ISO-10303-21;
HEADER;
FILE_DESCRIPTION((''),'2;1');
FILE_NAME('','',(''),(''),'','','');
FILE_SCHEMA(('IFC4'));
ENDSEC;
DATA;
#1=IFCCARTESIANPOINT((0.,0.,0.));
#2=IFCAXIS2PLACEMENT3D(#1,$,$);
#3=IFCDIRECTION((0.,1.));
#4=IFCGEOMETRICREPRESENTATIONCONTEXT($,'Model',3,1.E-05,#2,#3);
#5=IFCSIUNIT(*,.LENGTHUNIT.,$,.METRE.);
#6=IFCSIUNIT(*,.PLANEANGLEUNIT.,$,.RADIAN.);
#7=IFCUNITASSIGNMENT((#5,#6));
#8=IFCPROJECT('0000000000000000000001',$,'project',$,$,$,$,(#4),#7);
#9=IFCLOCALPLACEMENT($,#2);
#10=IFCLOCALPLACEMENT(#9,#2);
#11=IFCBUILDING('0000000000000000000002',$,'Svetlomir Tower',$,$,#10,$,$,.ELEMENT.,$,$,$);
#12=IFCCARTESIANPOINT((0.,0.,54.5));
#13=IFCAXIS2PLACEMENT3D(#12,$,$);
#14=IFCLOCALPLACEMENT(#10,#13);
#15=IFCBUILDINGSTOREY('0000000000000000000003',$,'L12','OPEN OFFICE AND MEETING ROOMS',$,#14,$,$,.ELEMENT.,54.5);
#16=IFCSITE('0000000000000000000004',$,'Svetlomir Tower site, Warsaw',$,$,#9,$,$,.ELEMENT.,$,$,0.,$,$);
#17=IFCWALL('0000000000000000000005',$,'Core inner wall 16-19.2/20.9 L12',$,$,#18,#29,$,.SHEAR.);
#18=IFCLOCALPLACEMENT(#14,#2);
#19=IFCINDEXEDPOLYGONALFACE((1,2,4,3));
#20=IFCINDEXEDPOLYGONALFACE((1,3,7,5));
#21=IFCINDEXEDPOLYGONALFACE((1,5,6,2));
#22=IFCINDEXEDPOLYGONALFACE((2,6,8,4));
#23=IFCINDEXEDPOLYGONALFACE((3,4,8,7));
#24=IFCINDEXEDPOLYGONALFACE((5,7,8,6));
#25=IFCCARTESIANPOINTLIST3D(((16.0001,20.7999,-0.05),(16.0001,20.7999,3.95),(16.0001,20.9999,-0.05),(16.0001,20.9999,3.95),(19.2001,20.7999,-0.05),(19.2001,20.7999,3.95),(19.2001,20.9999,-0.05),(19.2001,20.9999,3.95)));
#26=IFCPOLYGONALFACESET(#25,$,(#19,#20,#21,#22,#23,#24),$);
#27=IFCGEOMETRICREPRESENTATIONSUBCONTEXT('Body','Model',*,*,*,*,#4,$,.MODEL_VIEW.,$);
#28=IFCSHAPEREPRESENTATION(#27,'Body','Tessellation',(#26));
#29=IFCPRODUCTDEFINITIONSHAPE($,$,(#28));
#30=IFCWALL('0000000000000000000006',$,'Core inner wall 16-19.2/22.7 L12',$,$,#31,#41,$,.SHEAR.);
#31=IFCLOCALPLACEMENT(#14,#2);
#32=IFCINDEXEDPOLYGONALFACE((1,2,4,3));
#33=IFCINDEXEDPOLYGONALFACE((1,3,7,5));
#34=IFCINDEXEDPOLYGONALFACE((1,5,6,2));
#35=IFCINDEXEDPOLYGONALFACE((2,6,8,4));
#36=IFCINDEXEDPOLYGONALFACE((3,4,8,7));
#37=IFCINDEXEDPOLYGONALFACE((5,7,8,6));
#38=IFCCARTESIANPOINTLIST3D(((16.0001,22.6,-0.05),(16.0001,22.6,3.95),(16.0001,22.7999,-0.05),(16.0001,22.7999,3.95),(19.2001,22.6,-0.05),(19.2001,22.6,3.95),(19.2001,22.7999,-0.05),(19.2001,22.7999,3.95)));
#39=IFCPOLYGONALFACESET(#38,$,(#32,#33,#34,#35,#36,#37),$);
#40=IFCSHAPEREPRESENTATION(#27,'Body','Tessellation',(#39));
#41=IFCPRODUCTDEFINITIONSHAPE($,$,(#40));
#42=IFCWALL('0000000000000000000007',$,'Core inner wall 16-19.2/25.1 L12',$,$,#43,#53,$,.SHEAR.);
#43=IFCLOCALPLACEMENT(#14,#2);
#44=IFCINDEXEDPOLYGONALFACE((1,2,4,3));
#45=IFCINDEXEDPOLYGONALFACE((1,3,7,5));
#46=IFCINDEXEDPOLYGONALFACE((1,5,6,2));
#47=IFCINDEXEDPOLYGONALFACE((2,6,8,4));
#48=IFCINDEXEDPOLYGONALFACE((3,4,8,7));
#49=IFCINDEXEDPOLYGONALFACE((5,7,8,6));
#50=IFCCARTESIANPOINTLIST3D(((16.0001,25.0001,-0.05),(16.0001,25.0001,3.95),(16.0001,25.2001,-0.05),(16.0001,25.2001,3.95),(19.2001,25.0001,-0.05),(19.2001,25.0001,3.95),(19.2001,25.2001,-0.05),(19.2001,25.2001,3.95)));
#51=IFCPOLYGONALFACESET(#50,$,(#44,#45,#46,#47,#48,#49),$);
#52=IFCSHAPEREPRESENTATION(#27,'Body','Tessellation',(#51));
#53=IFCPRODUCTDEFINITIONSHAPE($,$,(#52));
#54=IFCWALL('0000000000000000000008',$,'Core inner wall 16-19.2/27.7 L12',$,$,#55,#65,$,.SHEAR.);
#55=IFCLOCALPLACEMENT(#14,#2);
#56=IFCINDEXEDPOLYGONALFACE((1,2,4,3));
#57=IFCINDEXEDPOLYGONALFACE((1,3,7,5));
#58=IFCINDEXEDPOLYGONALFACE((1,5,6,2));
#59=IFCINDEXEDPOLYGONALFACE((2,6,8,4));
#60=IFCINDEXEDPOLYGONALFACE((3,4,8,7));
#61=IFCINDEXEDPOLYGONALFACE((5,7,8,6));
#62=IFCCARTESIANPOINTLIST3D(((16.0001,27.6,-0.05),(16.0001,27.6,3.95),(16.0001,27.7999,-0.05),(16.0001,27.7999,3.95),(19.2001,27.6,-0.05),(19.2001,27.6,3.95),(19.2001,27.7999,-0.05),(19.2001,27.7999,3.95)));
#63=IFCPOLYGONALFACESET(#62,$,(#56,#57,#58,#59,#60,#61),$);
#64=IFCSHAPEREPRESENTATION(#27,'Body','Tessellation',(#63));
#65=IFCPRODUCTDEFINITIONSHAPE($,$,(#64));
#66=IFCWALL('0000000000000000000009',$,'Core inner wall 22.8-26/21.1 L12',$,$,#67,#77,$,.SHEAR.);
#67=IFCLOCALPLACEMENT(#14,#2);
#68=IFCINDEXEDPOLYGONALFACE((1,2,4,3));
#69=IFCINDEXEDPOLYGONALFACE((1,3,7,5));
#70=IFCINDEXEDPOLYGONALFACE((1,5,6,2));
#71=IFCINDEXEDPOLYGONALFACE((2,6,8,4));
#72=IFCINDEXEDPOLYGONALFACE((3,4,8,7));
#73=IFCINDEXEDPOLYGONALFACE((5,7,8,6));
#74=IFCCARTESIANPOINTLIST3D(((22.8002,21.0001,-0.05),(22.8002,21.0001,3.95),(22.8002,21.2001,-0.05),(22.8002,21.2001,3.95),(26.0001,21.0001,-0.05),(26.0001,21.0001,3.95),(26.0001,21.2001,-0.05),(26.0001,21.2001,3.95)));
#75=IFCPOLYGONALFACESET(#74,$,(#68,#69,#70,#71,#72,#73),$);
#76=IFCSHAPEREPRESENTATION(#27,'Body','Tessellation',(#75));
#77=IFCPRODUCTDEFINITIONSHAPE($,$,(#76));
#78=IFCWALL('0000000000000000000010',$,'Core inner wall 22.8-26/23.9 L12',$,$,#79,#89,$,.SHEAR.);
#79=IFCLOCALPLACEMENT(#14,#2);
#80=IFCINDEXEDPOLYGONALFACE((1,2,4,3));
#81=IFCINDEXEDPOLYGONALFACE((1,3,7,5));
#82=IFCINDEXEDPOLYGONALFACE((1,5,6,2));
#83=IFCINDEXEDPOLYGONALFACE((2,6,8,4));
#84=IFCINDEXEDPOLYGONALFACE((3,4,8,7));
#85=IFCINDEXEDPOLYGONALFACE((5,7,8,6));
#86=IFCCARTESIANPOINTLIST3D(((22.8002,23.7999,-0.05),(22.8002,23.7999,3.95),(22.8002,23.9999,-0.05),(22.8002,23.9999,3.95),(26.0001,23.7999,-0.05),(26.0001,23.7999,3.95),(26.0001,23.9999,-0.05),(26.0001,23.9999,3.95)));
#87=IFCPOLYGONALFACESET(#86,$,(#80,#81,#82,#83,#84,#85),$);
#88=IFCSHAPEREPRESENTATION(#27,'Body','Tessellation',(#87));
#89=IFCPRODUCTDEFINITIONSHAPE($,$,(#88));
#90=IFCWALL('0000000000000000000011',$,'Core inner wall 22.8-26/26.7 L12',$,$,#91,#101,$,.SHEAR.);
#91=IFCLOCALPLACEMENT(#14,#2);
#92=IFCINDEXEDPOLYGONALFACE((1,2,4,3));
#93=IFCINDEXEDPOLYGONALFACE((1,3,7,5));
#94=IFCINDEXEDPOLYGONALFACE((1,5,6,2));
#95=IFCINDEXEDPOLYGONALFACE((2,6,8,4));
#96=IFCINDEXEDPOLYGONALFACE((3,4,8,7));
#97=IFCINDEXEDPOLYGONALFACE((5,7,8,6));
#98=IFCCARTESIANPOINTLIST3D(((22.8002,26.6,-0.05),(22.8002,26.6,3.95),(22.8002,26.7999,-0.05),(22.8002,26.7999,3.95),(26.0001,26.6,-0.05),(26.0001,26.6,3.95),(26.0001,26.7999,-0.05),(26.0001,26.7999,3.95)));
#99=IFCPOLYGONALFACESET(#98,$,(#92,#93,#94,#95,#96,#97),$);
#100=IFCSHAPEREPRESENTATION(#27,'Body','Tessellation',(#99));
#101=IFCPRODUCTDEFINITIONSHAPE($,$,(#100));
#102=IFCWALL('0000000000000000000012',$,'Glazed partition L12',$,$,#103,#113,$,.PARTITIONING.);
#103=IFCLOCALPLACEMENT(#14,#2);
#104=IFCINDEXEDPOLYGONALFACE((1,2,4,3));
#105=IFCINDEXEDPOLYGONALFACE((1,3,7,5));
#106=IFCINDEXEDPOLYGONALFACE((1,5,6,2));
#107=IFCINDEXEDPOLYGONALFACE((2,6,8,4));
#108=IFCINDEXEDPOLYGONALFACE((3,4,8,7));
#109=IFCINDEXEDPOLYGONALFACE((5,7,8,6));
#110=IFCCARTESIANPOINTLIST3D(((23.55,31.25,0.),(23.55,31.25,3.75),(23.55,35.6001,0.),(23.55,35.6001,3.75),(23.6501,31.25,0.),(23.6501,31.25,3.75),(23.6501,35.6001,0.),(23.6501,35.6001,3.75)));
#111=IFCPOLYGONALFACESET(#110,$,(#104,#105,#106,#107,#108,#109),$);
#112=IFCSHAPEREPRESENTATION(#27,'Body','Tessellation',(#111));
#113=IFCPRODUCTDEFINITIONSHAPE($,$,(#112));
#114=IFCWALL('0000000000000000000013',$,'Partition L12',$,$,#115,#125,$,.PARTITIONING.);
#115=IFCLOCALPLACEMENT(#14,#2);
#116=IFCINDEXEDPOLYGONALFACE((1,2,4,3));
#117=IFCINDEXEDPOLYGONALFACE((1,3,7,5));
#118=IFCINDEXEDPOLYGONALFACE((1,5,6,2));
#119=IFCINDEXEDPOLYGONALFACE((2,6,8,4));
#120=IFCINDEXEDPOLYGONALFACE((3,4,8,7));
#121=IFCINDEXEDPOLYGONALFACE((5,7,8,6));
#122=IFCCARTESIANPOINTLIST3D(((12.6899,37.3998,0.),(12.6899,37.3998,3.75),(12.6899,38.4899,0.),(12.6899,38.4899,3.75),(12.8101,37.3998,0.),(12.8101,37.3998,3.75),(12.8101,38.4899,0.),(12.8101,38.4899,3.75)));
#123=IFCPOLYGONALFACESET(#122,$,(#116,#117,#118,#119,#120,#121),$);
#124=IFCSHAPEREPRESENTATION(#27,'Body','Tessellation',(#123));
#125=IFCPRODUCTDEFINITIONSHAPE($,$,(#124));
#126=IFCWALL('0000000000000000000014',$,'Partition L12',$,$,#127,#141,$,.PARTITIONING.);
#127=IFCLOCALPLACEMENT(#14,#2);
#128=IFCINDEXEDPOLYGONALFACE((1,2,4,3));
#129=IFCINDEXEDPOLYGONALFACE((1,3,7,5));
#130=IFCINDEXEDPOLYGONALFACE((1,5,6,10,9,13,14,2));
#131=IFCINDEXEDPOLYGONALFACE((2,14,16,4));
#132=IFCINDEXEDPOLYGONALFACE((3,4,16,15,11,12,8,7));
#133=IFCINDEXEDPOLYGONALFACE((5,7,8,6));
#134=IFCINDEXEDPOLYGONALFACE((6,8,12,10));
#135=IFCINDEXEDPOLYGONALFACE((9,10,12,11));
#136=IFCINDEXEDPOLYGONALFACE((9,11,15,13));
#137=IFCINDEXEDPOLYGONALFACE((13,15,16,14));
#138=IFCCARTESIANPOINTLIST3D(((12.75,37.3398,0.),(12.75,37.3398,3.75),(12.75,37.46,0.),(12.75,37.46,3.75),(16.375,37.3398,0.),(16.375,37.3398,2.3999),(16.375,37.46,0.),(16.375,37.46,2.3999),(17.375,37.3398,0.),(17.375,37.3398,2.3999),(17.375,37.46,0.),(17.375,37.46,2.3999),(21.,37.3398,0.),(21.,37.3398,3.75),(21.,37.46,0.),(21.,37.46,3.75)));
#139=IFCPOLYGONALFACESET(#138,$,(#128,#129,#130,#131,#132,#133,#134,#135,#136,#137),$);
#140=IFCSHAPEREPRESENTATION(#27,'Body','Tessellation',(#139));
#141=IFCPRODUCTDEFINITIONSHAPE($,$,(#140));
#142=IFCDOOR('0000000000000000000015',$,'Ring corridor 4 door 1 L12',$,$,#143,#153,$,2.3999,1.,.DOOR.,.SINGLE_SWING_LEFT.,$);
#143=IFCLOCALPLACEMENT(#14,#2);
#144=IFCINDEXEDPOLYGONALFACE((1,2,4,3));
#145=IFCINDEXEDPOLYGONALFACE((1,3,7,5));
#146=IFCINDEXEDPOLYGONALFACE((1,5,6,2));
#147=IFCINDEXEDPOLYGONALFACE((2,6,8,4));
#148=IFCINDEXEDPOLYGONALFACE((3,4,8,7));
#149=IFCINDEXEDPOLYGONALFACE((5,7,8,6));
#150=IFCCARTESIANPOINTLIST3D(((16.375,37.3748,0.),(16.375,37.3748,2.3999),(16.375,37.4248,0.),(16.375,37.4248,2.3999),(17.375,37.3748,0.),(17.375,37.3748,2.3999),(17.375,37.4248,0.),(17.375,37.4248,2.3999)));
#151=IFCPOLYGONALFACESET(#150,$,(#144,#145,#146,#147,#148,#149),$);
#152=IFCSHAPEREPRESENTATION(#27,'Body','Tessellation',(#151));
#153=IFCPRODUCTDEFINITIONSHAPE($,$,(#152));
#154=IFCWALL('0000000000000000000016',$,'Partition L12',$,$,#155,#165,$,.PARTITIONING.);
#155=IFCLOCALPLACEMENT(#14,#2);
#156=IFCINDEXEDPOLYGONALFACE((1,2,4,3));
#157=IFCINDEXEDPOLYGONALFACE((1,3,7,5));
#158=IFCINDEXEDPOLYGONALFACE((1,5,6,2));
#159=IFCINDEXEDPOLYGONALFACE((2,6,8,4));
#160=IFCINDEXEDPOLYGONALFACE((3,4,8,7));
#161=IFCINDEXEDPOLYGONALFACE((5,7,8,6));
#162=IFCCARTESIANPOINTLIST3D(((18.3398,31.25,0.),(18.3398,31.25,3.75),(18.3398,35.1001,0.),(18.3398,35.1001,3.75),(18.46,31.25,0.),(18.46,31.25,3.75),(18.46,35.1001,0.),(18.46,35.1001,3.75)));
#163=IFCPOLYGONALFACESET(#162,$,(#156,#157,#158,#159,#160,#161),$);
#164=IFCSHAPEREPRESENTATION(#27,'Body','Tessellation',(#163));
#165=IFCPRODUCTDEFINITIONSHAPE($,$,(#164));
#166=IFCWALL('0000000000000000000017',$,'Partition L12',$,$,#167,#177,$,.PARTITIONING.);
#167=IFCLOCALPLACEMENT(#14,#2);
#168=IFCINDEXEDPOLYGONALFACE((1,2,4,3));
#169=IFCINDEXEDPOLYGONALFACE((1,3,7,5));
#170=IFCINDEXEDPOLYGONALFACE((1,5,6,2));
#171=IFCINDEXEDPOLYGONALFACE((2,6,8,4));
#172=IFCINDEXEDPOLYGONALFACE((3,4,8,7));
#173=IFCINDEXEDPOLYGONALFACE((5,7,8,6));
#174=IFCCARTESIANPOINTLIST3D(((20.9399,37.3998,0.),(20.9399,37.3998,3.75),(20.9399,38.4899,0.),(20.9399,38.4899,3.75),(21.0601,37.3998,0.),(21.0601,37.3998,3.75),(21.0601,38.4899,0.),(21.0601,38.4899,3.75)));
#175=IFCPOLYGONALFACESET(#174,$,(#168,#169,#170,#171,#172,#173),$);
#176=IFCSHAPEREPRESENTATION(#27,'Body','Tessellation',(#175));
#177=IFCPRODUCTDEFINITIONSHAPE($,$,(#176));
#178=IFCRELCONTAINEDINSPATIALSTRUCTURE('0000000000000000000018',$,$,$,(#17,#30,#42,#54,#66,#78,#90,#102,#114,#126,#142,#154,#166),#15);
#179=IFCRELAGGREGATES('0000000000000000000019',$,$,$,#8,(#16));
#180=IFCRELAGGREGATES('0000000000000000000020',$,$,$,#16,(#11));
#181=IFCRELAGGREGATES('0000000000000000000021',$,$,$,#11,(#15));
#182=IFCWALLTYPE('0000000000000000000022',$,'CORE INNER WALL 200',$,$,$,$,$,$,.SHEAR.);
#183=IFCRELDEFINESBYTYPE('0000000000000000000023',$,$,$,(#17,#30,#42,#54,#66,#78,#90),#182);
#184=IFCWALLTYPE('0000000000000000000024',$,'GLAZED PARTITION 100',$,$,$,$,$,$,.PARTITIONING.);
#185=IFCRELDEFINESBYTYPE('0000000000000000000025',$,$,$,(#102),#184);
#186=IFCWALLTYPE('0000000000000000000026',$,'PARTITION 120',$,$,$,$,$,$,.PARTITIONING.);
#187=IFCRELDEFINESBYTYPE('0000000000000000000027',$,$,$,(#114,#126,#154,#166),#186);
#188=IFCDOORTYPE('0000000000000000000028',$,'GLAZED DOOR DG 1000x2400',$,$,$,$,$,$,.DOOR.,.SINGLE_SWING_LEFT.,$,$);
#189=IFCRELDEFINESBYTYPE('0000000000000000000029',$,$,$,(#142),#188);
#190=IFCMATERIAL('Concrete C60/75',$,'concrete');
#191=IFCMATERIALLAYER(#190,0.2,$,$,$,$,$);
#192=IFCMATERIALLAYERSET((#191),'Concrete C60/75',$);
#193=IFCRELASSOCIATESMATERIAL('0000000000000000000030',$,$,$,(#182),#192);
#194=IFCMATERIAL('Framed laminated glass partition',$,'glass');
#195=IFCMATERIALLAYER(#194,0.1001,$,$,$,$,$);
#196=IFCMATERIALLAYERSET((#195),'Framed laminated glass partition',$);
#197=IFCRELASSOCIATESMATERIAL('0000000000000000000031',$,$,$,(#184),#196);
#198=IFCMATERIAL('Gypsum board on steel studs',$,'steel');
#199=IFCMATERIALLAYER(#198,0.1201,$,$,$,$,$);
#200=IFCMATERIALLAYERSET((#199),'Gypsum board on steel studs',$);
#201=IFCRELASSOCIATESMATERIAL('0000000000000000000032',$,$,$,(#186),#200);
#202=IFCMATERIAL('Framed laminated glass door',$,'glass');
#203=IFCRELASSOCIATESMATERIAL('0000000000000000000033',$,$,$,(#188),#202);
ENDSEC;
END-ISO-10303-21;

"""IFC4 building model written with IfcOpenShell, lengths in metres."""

from ifc_helpers import new_model, si_unit, direction, frame, frame_2d, origin, place, context, subcontext, project, spatial, rectangle, extrude, material, layer, layer_set, type_object, element, fill, save


model = new_model("IFC4")

# Units and contexts
model_context = context("Model", 3, precision=1e-05, world=origin(), true_north=direction((0.0, 1.0)))
body_context = subcontext(model_context, "Body", "Model", "MODEL_VIEW")
ifc_project = project(units=[si_unit("LENGTHUNIT", "METRE"), si_unit("PLANEANGLEUNIT", "RADIAN")], contexts=[model_context])

# Site, building, storey
site_placement = place(None, origin())
site = spatial("IfcSite", under=ifc_project, at=site_placement, Name="Svetlomir Tower site, Warsaw", CompositionType="ELEMENT", RefElevation=0.0)
building_placement = place(site_placement, origin())
building = spatial("IfcBuilding", under=site, at=building_placement, Name="Svetlomir Tower", CompositionType="ELEMENT")
storey_placement = place(building_placement, frame((0.0, 0.0, 54.5)))
storey = spatial("IfcBuildingStorey", under=building, at=storey_placement, Name="L12", Description="OPEN OFFICE AND MEETING ROOMS", CompositionType="ELEMENT", Elevation=54.5)

# Walls
ifc_material_1 = material(Name="Concrete C60/75", Category="concrete")
ifc_layer_1 = layer(ifc_material_1, 0.2)
ifc_layer_set_1 = layer_set([ifc_layer_1], Name="Concrete C60/75")
wall_type_1 = type_object("IfcWallType", Name="CORE INNER WALL 200", PredefinedType="SHEAR", material=ifc_layer_set_1)
for number, where, z_axis, x_axis, name in (
    (1, (16.0, 20.8999, -0.05), (0.0, 0.0, 1.0), (1.0, 0.0, 0.0), "Core inner wall 16-19.2/20.9 L12"),
    (2, (16.0, 22.7, -0.05), (0.0, 0.0, 1.0), (1.0, 0.0, 0.0), "Core inner wall 16-19.2/22.7 L12"),
    (3, (16.0, 25.1001, -0.05), (0.0, 0.0, 1.0), (1.0, 0.0, 0.0), "Core inner wall 16-19.2/25.1 L12"),
    (4, (16.0, 27.7, -0.05), (0.0, 0.0, 1.0), (1.0, 0.0, 0.0), "Core inner wall 16-19.2/27.7 L12"),
    (5, (22.8, 21.1001, -0.05), (0.0, 0.0, 1.0), (1.0, 0.0, 0.0), "Core inner wall 22.8-26/21.1 L12"),
    (6, (22.8, 23.8999, -0.05), (0.0, 0.0, 1.0), (1.0, 0.0, 0.0), "Core inner wall 22.8-26/23.9 L12"),
    (7, (22.8, 26.7, -0.05), (0.0, 0.0, 1.0), (1.0, 0.0, 0.0), "Core inner wall 22.8-26/26.7 L12"),
):
    element("IfcWall", number, at=place(storey_placement, frame(where, z_axis=z_axis, x_axis=x_axis)), inside=storey, type_object=wall_type_1, Name=name, PredefinedType="SHEAR", context=body_context, shape_type="SweptSolid", body=[
        extrude(rectangle(XDim=3.2, YDim=0.2, at=frame_2d((1.6001, 0.0))), origin(), (0.0, 0.0, 1.0), 4.0),
    ])
ifc_material_2 = material(Name="Framed laminated glass partition", Category="glass")
ifc_layer_2 = layer(ifc_material_2, 0.1001)
ifc_layer_set_2 = layer_set([ifc_layer_2], Name="Framed laminated glass partition")
wall_type_2 = type_object("IfcWallType", Name="GLAZED PARTITION 100", PredefinedType="PARTITIONING", material=ifc_layer_set_2)
wall_1_placement = place(storey_placement, frame((23.6001, 31.25, 0.0), z_axis=(0.0, 0.0, 1.0), x_axis=(0.0, 1.0, 0.0)))
element("IfcWall", 8, at=wall_1_placement, inside=storey, type_object=wall_type_2, Name="Glazed partition L12", PredefinedType="PARTITIONING", context=body_context, shape_type="SweptSolid", body=[
    extrude(rectangle(XDim=4.3501, YDim=0.1001, at=frame_2d((2.175, 0.0))), origin(), (0.0, 0.0, 1.0), 3.75),
])
ifc_material_3 = material(Name="Gypsum board on steel studs", Category="steel")
ifc_layer_3 = layer(ifc_material_3, 0.1201)
ifc_layer_set_3 = layer_set([ifc_layer_3], Name="Gypsum board on steel studs")
wall_type_3 = type_object("IfcWallType", Name="PARTITION 120", PredefinedType="PARTITIONING", material=ifc_layer_set_3)
wall_2_placement = place(storey_placement, frame((12.75, 37.3999, 0.0), z_axis=(0.0, 0.0, 1.0), x_axis=(0.0, 1.0, 0.0)))
element("IfcWall", 9, at=wall_2_placement, inside=storey, type_object=wall_type_3, Name="Partition L12", PredefinedType="PARTITIONING", context=body_context, shape_type="SweptSolid", body=[
    extrude(rectangle(XDim=1.0901, YDim=0.1201, at=frame_2d((0.5449, 0.0))), origin(), (0.0, 0.0, 1.0), 3.75),
])

# Wall, opening, door
wall_3_placement = place(storey_placement, frame((12.75, 37.3999, 0.0), z_axis=(0.0, 0.0, 1.0), x_axis=(1.0, 0.0, 0.0)))
wall_3 = element("IfcWall", 10, at=wall_3_placement, inside=storey, type_object=wall_type_3, Name="Partition L12", PredefinedType="PARTITIONING", context=body_context, shape_type="SweptSolid", body=[
    extrude(rectangle(XDim=8.25, YDim=0.1201, at=frame_2d((4.125, 0.0))), origin(), (0.0, 0.0, 1.0), 3.75),
])
opening_1_placement = place(wall_3_placement, frame((3.625, 0.0, 0.0)))
opening_1 = element("IfcOpeningElement", 11, at=opening_1_placement, cuts=wall_3, PredefinedType="OPENING", context=body_context, shape_type="SweptSolid", body=[
    extrude(rectangle(XDim=1.0, YDim=2.3999, at=frame_2d((0.5, 1.2))), frame((0.0, 0.0701, 0.0), z_axis=(0.0, -1.0, 0.0), x_axis=(1.0, 0.0, 0.0)), (0.0, 0.0, 1.0), 0.1401),
])
ifc_material_4 = material(Name="Framed laminated glass door", Category="glass")
door_type_1 = type_object("IfcDoorType", Name="GLAZED DOOR DG 1000x2400", OperationType="SINGLE_SWING_LEFT", PredefinedType="DOOR", material=ifc_material_4)
door_1_placement = place(opening_1_placement, origin())
door_1 = element("IfcDoor", 12, at=door_1_placement, inside=storey, type_object=door_type_1, Name="Ring corridor 4 door 1 L12", OperationType="SINGLE_SWING_LEFT", OverallHeight=2.3999, OverallWidth=1.0, PredefinedType="DOOR", context=body_context, shape_type="SweptSolid", body=[
    extrude(rectangle(XDim=1.0, YDim=2.3999, at=frame_2d((0.5, 1.2))), frame((0.0, 0.0249, 0.0), z_axis=(0.0, -1.0, 0.0), x_axis=(1.0, 0.0, 0.0)), (0.0, 0.0, 1.0), 0.05),
])
fill(opening_1, door_1)

# Walls
wall_4_placement = place(storey_placement, frame((18.3999, 31.25, 0.0), z_axis=(0.0, 0.0, 1.0), x_axis=(0.0, 1.0, 0.0)))
element("IfcWall", 13, at=wall_4_placement, inside=storey, type_object=wall_type_3, Name="Partition L12", PredefinedType="PARTITIONING", context=body_context, shape_type="SweptSolid", body=[
    extrude(rectangle(XDim=3.8501, YDim=0.1201, at=frame_2d((1.925, 0.0))), origin(), (0.0, 0.0, 1.0), 3.75),
])
wall_5_placement = place(storey_placement, frame((21.0, 37.3999, 0.0), z_axis=(0.0, 0.0, 1.0), x_axis=(0.0, 1.0, 0.0)))
element("IfcWall", 14, at=wall_5_placement, inside=storey, type_object=wall_type_3, Name="Partition L12", PredefinedType="PARTITIONING", context=body_context, shape_type="SweptSolid", body=[
    extrude(rectangle(XDim=1.0901, YDim=0.1201, at=frame_2d((0.5449, 0.0))), origin(), (0.0, 0.0, 1.0), 3.75),
])

save(model, "model.ifc")
